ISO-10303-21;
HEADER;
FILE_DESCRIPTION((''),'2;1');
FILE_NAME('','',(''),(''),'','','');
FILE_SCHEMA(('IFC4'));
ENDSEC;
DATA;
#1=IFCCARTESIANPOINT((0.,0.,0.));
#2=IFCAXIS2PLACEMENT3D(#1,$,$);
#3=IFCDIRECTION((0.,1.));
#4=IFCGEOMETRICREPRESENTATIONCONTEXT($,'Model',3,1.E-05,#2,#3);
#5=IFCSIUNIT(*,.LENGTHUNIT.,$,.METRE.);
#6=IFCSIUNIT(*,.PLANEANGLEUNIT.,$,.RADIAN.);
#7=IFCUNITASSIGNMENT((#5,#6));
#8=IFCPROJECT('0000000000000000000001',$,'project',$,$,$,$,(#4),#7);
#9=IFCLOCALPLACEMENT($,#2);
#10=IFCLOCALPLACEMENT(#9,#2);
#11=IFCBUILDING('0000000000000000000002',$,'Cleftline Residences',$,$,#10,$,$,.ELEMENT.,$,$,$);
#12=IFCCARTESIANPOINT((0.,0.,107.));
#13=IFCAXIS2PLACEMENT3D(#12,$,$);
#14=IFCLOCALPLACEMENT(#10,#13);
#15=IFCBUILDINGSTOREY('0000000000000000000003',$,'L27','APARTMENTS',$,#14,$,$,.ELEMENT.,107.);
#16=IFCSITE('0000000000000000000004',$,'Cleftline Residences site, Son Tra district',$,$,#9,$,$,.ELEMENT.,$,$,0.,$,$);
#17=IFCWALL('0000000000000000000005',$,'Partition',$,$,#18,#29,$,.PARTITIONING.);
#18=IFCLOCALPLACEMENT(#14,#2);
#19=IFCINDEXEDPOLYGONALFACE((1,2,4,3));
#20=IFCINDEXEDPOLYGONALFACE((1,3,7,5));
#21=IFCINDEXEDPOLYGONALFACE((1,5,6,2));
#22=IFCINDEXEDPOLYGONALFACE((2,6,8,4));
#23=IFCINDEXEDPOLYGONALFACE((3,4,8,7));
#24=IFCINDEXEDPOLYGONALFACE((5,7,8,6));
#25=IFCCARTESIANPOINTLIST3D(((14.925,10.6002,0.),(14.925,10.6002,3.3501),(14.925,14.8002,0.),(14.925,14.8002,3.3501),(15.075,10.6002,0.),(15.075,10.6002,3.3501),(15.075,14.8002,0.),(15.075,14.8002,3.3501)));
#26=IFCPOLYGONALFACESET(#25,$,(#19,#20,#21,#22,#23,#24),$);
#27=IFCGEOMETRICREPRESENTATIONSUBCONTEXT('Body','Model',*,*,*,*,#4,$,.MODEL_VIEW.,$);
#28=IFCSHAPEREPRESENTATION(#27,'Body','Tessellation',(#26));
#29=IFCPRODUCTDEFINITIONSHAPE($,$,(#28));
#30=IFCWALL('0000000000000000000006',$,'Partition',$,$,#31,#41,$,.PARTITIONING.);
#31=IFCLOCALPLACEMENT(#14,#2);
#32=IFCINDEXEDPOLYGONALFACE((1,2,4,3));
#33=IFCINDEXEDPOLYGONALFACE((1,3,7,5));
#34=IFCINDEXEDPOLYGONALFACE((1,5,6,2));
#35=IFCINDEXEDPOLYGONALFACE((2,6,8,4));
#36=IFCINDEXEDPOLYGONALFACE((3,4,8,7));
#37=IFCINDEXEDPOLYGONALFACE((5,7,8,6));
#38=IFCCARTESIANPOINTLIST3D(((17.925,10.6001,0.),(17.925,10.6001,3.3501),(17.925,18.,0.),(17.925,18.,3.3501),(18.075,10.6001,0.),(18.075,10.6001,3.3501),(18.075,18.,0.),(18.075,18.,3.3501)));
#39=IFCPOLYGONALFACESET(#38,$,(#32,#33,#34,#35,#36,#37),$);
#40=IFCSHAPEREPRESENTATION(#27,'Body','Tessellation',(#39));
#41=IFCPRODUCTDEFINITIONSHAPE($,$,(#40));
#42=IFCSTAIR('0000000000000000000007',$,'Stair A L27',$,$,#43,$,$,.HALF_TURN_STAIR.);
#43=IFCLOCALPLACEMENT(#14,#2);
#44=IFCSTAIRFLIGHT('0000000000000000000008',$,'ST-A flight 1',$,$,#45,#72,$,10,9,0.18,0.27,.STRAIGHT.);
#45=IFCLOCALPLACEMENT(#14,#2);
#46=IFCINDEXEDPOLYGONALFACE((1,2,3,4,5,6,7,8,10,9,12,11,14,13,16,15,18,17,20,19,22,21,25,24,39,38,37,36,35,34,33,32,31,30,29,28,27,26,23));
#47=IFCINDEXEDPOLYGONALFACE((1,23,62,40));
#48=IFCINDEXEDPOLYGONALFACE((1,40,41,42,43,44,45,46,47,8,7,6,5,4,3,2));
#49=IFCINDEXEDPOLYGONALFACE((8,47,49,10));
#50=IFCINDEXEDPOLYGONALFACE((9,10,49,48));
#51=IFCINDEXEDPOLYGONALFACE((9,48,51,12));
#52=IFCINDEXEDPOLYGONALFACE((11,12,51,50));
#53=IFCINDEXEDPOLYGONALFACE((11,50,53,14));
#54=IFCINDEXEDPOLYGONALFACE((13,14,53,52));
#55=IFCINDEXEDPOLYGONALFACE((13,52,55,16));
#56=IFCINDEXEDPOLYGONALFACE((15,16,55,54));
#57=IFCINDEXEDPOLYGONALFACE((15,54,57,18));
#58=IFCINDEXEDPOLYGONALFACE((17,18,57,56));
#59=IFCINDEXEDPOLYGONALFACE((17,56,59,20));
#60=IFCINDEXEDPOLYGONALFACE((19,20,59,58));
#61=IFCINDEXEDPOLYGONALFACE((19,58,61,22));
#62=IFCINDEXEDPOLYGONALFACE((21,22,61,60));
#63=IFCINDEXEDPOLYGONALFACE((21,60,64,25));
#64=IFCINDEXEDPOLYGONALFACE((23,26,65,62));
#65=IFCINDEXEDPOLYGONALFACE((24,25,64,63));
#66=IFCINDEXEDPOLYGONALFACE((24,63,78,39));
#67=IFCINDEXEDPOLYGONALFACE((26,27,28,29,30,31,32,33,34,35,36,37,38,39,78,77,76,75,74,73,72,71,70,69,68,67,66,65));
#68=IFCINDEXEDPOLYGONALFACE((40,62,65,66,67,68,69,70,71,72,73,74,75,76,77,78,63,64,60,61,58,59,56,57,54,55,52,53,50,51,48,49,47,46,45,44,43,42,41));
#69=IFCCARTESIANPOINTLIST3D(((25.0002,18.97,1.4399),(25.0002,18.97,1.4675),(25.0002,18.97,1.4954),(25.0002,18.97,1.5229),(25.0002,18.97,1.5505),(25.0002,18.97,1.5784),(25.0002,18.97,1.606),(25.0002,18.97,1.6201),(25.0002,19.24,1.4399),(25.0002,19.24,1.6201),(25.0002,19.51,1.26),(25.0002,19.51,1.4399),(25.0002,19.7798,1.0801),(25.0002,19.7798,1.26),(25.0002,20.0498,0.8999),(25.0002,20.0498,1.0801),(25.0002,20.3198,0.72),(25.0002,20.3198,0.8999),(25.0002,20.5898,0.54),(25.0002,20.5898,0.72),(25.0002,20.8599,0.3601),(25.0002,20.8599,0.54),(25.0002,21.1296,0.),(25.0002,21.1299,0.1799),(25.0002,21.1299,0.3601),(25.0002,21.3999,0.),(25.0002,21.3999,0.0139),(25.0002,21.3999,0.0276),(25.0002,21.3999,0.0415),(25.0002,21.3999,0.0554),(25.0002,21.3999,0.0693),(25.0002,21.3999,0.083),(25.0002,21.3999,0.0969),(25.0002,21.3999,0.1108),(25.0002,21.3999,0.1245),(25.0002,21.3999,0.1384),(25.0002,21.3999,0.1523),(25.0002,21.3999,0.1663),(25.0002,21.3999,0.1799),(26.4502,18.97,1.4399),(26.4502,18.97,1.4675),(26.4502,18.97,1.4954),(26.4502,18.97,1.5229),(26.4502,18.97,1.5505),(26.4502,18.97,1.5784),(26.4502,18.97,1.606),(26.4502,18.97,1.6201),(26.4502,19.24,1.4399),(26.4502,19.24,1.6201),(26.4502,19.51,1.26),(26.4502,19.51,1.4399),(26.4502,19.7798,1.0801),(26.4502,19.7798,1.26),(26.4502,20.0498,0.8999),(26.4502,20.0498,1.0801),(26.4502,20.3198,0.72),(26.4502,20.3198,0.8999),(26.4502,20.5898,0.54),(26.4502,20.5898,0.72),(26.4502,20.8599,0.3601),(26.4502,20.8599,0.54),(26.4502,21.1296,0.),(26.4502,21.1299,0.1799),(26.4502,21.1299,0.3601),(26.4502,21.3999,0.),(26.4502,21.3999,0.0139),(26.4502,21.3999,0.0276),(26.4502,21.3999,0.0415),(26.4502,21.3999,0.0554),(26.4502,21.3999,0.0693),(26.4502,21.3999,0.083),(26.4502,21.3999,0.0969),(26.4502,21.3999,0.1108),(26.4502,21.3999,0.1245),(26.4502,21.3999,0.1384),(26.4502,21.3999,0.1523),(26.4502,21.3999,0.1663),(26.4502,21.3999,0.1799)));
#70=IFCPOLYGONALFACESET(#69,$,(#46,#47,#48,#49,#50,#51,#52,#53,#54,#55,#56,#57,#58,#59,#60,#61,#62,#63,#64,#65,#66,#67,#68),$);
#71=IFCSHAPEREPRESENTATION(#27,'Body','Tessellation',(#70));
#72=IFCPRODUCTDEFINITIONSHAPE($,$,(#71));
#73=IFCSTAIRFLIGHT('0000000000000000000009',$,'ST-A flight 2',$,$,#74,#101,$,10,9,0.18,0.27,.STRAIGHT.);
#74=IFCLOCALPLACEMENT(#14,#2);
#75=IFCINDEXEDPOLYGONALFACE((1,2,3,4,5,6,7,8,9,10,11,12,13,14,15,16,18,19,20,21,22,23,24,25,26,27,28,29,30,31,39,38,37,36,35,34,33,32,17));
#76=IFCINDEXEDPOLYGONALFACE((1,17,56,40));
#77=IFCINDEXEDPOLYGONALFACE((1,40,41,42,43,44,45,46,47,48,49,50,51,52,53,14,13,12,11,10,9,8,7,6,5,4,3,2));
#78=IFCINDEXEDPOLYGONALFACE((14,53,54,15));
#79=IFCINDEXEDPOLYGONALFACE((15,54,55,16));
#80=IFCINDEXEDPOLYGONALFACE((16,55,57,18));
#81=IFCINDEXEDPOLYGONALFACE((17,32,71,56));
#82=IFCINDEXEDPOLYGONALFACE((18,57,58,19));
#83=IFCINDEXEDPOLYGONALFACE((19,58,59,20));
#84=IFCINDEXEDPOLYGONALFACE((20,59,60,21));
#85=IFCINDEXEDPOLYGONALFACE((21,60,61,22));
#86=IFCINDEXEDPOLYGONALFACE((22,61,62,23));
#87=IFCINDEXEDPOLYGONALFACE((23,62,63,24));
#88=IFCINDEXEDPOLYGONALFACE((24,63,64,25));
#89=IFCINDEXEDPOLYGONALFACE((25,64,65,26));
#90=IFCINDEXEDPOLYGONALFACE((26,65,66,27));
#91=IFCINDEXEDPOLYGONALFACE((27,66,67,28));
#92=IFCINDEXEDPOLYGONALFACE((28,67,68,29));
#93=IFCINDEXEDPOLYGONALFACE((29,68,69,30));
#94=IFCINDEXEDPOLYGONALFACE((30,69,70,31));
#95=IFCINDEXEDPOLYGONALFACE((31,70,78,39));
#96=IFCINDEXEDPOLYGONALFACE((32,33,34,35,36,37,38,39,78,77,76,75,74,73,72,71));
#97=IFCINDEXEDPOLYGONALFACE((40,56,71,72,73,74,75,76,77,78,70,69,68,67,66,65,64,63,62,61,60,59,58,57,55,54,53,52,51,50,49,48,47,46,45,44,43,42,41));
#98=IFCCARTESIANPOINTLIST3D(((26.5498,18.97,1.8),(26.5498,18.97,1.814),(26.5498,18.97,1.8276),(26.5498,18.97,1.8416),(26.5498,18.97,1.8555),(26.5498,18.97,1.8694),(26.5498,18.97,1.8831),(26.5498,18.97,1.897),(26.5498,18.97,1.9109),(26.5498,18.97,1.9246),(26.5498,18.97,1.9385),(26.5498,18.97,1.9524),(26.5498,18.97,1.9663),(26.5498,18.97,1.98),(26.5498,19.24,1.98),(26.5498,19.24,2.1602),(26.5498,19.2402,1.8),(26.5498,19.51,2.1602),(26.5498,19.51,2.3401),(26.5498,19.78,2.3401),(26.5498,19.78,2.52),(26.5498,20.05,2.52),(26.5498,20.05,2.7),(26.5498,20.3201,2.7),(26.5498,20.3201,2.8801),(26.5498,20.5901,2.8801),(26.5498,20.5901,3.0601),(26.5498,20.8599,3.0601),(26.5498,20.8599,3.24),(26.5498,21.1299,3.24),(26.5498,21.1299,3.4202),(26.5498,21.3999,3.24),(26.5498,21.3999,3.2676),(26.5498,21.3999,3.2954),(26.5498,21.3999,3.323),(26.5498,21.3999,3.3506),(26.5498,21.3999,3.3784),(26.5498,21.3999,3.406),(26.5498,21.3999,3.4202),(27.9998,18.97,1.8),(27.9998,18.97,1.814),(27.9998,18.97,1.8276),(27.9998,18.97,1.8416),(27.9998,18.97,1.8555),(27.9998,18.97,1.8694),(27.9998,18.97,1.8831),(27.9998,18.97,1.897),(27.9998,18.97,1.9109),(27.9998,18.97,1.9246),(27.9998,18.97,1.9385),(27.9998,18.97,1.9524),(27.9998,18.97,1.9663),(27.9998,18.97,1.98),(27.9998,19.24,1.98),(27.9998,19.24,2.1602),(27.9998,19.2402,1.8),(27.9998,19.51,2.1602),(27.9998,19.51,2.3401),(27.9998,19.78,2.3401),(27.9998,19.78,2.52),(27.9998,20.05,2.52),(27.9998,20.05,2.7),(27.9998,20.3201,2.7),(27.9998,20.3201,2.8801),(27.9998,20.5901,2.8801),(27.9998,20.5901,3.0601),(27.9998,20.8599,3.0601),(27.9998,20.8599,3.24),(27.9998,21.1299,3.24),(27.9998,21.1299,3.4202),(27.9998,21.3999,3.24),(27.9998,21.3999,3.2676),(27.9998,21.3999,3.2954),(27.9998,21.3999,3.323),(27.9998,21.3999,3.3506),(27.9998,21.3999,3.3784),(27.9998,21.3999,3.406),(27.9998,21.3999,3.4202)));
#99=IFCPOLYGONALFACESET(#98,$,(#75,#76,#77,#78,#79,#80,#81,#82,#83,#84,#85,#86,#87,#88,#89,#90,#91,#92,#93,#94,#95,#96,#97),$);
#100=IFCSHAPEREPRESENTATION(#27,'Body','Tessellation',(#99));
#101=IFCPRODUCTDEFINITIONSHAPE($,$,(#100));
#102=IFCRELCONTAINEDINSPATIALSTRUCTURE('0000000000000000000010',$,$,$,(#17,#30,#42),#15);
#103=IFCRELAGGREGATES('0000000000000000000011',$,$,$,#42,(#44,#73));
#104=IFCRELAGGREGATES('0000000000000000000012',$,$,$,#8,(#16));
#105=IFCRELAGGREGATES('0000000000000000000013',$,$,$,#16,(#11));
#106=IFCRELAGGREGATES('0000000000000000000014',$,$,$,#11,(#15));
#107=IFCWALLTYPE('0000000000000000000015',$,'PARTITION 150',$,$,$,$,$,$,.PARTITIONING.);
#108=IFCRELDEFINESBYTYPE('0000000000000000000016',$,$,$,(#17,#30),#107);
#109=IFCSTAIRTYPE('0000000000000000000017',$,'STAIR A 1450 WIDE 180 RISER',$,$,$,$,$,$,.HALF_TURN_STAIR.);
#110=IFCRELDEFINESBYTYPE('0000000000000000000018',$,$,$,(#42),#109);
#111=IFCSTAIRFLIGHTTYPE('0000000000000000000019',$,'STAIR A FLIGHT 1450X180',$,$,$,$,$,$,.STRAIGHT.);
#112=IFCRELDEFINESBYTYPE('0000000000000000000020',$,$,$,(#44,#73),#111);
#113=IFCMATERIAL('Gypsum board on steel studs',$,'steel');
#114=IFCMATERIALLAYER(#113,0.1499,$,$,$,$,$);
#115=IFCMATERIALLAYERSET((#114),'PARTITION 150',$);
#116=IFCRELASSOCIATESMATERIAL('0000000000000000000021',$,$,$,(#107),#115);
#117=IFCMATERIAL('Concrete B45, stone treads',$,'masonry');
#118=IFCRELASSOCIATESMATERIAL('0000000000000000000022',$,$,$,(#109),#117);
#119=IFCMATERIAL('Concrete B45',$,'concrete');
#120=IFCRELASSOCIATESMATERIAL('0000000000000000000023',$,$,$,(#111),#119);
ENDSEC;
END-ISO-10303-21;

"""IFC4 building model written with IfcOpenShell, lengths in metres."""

from ifc_helpers import new_model, si_unit, direction, frame, frame_2d, origin, place, context, subcontext, project, spatial, polyline, rectangle, outline, extrude, material, layer, layer_set, type_object, element, aggregate, save


model = new_model("IFC4")

# Units and contexts
model_context = context("Model", 3, precision=1e-05, world=origin(), true_north=direction((0.0, 1.0)))
body_context = subcontext(model_context, "Body", "Model", "MODEL_VIEW")
ifc_project = project(units=[si_unit("LENGTHUNIT", "METRE"), si_unit("PLANEANGLEUNIT", "RADIAN")], contexts=[model_context])

# Site, building, storey
site_placement = place(None, origin())
site = spatial("IfcSite", under=ifc_project, at=site_placement, Name="Cleftline Residences site, Son Tra district", CompositionType="ELEMENT", RefElevation=0.0)
building_placement = place(site_placement, origin())
building = spatial("IfcBuilding", under=site, at=building_placement, Name="Cleftline Residences", CompositionType="ELEMENT")
storey_placement = place(building_placement, frame((0.0, 0.0, 107.0)))
storey = spatial("IfcBuildingStorey", under=building, at=storey_placement, Name="L27", Description="APARTMENTS", CompositionType="ELEMENT", Elevation=107.0)

# Shared definitions
ifc_material_1 = material(Name="Gypsum board on steel studs", Category="steel")
ifc_layer_1 = layer(ifc_material_1, 0.1499)
ifc_layer_set_1 = layer_set([ifc_layer_1], Name="PARTITION 150")
wall_type_1 = type_object("IfcWallType", Name="PARTITION 150", PredefinedType="PARTITIONING", material=ifc_layer_set_1)

# Walls
wall_1_placement = place(storey_placement, frame((15.0, 10.6001, 0.0), z_axis=(0.0, 0.0, 1.0), x_axis=(0.0, 1.0, 0.0)))
element("IfcWall", 1, at=wall_1_placement, inside=storey, type_object=wall_type_1, Name="Partition", PredefinedType="PARTITIONING", context=body_context, shape_type="SweptSolid", body=[
    extrude(rectangle(XDim=4.2, YDim=0.1499, at=frame_2d((2.1001, 0.0))), origin(), (0.0, 0.0, 1.0), 3.3501),
])
wall_2_placement = place(storey_placement, frame((18.0, 10.6001, 0.0), z_axis=(0.0, 0.0, 1.0), x_axis=(0.0, 1.0, 0.0)))
element("IfcWall", 2, at=wall_2_placement, inside=storey, type_object=wall_type_1, Name="Partition", PredefinedType="PARTITIONING", context=body_context, shape_type="SweptSolid", body=[
    extrude(rectangle(XDim=7.3999, YDim=0.1499, at=frame_2d((3.7, 0.0))), origin(), (0.0, 0.0, 1.0), 3.3501),
])

# Stair, stair flights
ifc_material_2 = material(Name="Concrete B45, stone treads", Category="masonry")
stair_type = type_object("IfcStairType", Name="STAIR A 1450 WIDE 180 RISER", PredefinedType="HALF_TURN_STAIR", material=ifc_material_2)
stair_placement = place(storey_placement, origin())
stair = element("IfcStair", 3, at=stair_placement, inside=storey, type_object=stair_type, Name="Stair A L27", PredefinedType="HALF_TURN_STAIR")
ifc_material_3 = material(Name="Concrete B45", Category="concrete")
stair_flight_type = type_object("IfcStairFlightType", Name="STAIR A FLIGHT 1450X180", PredefinedType="STRAIGHT", material=ifc_material_3)
stair_flight_1_placement = place(storey_placement, frame((25.7251, 21.3999, 0.0), z_axis=(0.0, 0.0, 1.0), x_axis=(0.0, -1.0, 0.0)))
stair_flight_1 = element("IfcStairFlight", 4, at=stair_flight_1_placement, type_object=stair_flight_type, Name="ST-A flight 1", NumberOfRisers=10, NumberOfTreads=9, PredefinedType="STRAIGHT", RiserHeight=0.18, TreadLength=0.27, context=body_context, shape_type="SweptSolid", body=[
    extrude(outline(polyline([(0.0, 0.0), (0.0, 0.0139), (0.0, 0.0276), (0.0, 0.0415), (0.0, 0.0554), (0.0, 0.0693), (0.0, 0.083), (0.0, 0.0969), (0.0, 0.1108), (0.0, 0.1245), (0.0, 0.1384), (0.0, 0.1523), (0.0, 0.1663), (0.0, 0.1799), (0.27, 0.1799), (0.27, 0.3601), (0.54, 0.3601), (0.54, 0.54), (0.8101, 0.54), (0.8101, 0.72), (1.0801, 0.72), (1.0801, 0.8999), (1.3501, 0.8999), (1.3501, 1.0801), (1.6201, 1.0801), (1.6201, 1.26), (1.8899, 1.26), (1.8899, 1.4399), (2.1599, 1.4399), (2.1599, 1.6201), (2.4299, 1.6201), (2.4299, 1.8), (2.4299, 1.7722), (2.4299, 1.7446), (2.4299, 1.7168), (2.4299, 1.6892), (2.4299, 1.6614), (2.4299, 1.6338), (2.4299, 1.606), (2.4299, 1.5784), (2.4299, 1.5505), (2.4299, 1.5229), (2.4299, 1.4954), (2.4299, 1.4675), (2.4299, 1.4399), (0.2703, 0.0), (0.0, 0.0)])), frame((0.0, 0.7251, 0.0), z_axis=(0.0, -1.0, 0.0), x_axis=(1.0, 0.0, 0.0)), (0.0, 0.0, 1.0), 1.45),
])
stair_flight_2_placement = place(storey_placement, frame((27.2749, 18.97, 1.8), z_axis=(0.0, 0.0, 1.0), x_axis=(0.0, 1.0, 0.0)))
stair_flight_2 = element("IfcStairFlight", 5, at=stair_flight_2_placement, type_object=stair_flight_type, Name="ST-A flight 2", NumberOfRisers=10, NumberOfTreads=9, PredefinedType="STRAIGHT", RiserHeight=0.18, TreadLength=0.27, context=body_context, shape_type="SweptSolid", body=[
    extrude(outline(polyline([(0.0, 0.0), (0.0, 0.0139), (0.0, 0.0276), (0.0, 0.0415), (0.0, 0.0554), (0.0, 0.0693), (0.0, 0.083), (0.0, 0.0969), (0.0, 0.1108), (0.0, 0.1245), (0.0, 0.1384), (0.0, 0.1523), (0.0, 0.1663), (0.0, 0.1799), (0.27, 0.1799), (0.27, 0.3601), (0.54, 0.3601), (0.54, 0.54), (0.8101, 0.54), (0.8101, 0.72), (1.0801, 0.72), (1.0801, 0.8999), (1.3501, 0.8999), (1.3501, 1.0801), (1.6201, 1.0801), (1.6201, 1.26), (1.8899, 1.26), (1.8899, 1.4399), (2.1599, 1.4399), (2.1599, 1.6201), (2.4299, 1.6201), (2.4299, 1.8), (2.4299, 1.7722), (2.4299, 1.7446), (2.4299, 1.7168), (2.4299, 1.6892), (2.4299, 1.6614), (2.4299, 1.6338), (2.4299, 1.606), (2.4299, 1.5784), (2.4299, 1.5505), (2.4299, 1.5229), (2.4299, 1.4954), (2.4299, 1.4675), (2.4299, 1.4399), (0.2703, 0.0), (0.0, 0.0)])), frame((0.0, 0.7251, 0.0), z_axis=(0.0, -1.0, 0.0), x_axis=(1.0, 0.0, 0.0)), (0.0, 0.0, 1.0), 1.45),
])
aggregate(stair, [stair_flight_1, stair_flight_2])

save(model, "model.ifc")
